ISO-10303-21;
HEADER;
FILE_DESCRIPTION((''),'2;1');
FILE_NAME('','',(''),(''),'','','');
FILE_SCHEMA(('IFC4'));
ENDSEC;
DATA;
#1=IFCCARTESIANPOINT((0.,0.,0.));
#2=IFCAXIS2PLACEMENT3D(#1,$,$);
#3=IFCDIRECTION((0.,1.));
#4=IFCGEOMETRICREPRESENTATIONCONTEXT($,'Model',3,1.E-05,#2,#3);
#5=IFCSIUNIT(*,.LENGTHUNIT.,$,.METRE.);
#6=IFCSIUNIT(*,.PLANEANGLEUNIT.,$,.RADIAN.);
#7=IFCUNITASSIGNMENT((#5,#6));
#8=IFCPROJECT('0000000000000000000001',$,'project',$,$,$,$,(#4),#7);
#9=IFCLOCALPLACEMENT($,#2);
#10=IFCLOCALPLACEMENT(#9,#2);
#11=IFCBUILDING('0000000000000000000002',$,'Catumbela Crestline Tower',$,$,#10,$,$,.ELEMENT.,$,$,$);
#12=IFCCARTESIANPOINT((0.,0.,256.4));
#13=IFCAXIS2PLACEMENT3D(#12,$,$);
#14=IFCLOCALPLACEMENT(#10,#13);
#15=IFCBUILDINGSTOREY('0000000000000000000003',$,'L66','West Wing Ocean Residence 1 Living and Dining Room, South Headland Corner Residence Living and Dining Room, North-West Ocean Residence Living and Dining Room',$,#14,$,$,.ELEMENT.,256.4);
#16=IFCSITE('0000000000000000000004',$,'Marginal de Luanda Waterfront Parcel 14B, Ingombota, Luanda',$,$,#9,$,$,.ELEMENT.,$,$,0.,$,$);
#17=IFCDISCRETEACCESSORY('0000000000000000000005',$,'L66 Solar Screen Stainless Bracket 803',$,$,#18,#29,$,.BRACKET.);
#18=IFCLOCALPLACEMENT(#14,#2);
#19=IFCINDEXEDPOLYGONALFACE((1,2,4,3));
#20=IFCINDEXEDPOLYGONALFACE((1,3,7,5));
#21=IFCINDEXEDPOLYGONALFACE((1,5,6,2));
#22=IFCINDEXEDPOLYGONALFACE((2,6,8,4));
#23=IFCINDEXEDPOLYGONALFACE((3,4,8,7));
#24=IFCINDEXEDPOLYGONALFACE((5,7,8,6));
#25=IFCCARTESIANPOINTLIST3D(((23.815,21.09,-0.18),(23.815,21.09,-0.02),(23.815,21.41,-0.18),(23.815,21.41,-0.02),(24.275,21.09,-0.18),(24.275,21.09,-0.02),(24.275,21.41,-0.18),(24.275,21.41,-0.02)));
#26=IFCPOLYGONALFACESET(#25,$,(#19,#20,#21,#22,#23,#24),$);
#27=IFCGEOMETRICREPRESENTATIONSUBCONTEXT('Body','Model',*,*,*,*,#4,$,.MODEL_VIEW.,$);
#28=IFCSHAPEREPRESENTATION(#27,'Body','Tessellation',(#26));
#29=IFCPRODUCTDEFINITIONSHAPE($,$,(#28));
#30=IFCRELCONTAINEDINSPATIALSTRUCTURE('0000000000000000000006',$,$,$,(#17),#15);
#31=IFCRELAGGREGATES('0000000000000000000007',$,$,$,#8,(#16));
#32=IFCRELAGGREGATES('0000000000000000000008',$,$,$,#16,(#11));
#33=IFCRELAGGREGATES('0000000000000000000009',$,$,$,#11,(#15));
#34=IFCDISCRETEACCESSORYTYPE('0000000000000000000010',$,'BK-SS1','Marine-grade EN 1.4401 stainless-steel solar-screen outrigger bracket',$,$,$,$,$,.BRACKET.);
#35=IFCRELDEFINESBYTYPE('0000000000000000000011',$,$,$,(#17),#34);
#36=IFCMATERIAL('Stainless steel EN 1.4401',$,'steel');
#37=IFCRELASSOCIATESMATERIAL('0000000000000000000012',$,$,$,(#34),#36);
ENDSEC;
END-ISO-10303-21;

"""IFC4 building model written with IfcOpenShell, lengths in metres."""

from ifc_helpers import new_model, si_unit, direction, frame, origin, origin_2d, place, context, subcontext, project, spatial, rectangle, extrude, material, type_object, element, save


model = new_model("IFC4")

# Units and contexts
model_context = context("Model", 3, precision=1e-05, world=origin(), true_north=direction((0.0, 1.0)))
body_context = subcontext(model_context, "Body", "Model", "MODEL_VIEW")
ifc_project = project(units=[si_unit("LENGTHUNIT", "METRE"), si_unit("PLANEANGLEUNIT", "RADIAN")], contexts=[model_context])

# Site, building, storey
site_placement = place(None, origin())
site = spatial("IfcSite", under=ifc_project, at=site_placement, Name="Marginal de Luanda Waterfront Parcel 14B, Ingombota, Luanda", CompositionType="ELEMENT", RefElevation=0.0)
building_placement = place(site_placement, origin())
building = spatial("IfcBuilding", under=site, at=building_placement, Name="Catumbela Crestline Tower", CompositionType="ELEMENT")
storey_placement = place(building_placement, frame((0.0, 0.0, 256.4)))
storey = spatial("IfcBuildingStorey", under=building, at=storey_placement, Name="L66", Description="West Wing Ocean Residence 1 Living and Dining Room, South Headland Corner Residence Living and Dining Room, North-West Ocean Residence Living and Dining Room", CompositionType="ELEMENT", Elevation=256.4)

# Shared definitions
ifc_material_1 = material(Name="Stainless steel EN 1.4401", Category="steel")

# Discrete accessory
discrete_accessory_type = type_object("IfcDiscreteAccessoryType", Name="BK-SS1", Description="Marine-grade EN 1.4401 stainless-steel solar-screen outrigger bracket", PredefinedType="BRACKET", material=ifc_material_1)
discrete_accessory_placement = place(storey_placement, frame((24.045, 21.25, -0.18), z_axis=(0.0, 0.0, 1.0), x_axis=(0.0, 1.0, 0.0)))
element("IfcDiscreteAccessory", 1, at=discrete_accessory_placement, inside=storey, type_object=discrete_accessory_type, Name="L66 Solar Screen Stainless Bracket 803", PredefinedType="BRACKET", context=body_context, shape_type="SweptSolid", body=[
    extrude(rectangle(XDim=0.32, YDim=0.46, at=origin_2d()), origin(), (0.0, 0.0, 1.0), 0.16),
])

save(model, "model.ifc")
